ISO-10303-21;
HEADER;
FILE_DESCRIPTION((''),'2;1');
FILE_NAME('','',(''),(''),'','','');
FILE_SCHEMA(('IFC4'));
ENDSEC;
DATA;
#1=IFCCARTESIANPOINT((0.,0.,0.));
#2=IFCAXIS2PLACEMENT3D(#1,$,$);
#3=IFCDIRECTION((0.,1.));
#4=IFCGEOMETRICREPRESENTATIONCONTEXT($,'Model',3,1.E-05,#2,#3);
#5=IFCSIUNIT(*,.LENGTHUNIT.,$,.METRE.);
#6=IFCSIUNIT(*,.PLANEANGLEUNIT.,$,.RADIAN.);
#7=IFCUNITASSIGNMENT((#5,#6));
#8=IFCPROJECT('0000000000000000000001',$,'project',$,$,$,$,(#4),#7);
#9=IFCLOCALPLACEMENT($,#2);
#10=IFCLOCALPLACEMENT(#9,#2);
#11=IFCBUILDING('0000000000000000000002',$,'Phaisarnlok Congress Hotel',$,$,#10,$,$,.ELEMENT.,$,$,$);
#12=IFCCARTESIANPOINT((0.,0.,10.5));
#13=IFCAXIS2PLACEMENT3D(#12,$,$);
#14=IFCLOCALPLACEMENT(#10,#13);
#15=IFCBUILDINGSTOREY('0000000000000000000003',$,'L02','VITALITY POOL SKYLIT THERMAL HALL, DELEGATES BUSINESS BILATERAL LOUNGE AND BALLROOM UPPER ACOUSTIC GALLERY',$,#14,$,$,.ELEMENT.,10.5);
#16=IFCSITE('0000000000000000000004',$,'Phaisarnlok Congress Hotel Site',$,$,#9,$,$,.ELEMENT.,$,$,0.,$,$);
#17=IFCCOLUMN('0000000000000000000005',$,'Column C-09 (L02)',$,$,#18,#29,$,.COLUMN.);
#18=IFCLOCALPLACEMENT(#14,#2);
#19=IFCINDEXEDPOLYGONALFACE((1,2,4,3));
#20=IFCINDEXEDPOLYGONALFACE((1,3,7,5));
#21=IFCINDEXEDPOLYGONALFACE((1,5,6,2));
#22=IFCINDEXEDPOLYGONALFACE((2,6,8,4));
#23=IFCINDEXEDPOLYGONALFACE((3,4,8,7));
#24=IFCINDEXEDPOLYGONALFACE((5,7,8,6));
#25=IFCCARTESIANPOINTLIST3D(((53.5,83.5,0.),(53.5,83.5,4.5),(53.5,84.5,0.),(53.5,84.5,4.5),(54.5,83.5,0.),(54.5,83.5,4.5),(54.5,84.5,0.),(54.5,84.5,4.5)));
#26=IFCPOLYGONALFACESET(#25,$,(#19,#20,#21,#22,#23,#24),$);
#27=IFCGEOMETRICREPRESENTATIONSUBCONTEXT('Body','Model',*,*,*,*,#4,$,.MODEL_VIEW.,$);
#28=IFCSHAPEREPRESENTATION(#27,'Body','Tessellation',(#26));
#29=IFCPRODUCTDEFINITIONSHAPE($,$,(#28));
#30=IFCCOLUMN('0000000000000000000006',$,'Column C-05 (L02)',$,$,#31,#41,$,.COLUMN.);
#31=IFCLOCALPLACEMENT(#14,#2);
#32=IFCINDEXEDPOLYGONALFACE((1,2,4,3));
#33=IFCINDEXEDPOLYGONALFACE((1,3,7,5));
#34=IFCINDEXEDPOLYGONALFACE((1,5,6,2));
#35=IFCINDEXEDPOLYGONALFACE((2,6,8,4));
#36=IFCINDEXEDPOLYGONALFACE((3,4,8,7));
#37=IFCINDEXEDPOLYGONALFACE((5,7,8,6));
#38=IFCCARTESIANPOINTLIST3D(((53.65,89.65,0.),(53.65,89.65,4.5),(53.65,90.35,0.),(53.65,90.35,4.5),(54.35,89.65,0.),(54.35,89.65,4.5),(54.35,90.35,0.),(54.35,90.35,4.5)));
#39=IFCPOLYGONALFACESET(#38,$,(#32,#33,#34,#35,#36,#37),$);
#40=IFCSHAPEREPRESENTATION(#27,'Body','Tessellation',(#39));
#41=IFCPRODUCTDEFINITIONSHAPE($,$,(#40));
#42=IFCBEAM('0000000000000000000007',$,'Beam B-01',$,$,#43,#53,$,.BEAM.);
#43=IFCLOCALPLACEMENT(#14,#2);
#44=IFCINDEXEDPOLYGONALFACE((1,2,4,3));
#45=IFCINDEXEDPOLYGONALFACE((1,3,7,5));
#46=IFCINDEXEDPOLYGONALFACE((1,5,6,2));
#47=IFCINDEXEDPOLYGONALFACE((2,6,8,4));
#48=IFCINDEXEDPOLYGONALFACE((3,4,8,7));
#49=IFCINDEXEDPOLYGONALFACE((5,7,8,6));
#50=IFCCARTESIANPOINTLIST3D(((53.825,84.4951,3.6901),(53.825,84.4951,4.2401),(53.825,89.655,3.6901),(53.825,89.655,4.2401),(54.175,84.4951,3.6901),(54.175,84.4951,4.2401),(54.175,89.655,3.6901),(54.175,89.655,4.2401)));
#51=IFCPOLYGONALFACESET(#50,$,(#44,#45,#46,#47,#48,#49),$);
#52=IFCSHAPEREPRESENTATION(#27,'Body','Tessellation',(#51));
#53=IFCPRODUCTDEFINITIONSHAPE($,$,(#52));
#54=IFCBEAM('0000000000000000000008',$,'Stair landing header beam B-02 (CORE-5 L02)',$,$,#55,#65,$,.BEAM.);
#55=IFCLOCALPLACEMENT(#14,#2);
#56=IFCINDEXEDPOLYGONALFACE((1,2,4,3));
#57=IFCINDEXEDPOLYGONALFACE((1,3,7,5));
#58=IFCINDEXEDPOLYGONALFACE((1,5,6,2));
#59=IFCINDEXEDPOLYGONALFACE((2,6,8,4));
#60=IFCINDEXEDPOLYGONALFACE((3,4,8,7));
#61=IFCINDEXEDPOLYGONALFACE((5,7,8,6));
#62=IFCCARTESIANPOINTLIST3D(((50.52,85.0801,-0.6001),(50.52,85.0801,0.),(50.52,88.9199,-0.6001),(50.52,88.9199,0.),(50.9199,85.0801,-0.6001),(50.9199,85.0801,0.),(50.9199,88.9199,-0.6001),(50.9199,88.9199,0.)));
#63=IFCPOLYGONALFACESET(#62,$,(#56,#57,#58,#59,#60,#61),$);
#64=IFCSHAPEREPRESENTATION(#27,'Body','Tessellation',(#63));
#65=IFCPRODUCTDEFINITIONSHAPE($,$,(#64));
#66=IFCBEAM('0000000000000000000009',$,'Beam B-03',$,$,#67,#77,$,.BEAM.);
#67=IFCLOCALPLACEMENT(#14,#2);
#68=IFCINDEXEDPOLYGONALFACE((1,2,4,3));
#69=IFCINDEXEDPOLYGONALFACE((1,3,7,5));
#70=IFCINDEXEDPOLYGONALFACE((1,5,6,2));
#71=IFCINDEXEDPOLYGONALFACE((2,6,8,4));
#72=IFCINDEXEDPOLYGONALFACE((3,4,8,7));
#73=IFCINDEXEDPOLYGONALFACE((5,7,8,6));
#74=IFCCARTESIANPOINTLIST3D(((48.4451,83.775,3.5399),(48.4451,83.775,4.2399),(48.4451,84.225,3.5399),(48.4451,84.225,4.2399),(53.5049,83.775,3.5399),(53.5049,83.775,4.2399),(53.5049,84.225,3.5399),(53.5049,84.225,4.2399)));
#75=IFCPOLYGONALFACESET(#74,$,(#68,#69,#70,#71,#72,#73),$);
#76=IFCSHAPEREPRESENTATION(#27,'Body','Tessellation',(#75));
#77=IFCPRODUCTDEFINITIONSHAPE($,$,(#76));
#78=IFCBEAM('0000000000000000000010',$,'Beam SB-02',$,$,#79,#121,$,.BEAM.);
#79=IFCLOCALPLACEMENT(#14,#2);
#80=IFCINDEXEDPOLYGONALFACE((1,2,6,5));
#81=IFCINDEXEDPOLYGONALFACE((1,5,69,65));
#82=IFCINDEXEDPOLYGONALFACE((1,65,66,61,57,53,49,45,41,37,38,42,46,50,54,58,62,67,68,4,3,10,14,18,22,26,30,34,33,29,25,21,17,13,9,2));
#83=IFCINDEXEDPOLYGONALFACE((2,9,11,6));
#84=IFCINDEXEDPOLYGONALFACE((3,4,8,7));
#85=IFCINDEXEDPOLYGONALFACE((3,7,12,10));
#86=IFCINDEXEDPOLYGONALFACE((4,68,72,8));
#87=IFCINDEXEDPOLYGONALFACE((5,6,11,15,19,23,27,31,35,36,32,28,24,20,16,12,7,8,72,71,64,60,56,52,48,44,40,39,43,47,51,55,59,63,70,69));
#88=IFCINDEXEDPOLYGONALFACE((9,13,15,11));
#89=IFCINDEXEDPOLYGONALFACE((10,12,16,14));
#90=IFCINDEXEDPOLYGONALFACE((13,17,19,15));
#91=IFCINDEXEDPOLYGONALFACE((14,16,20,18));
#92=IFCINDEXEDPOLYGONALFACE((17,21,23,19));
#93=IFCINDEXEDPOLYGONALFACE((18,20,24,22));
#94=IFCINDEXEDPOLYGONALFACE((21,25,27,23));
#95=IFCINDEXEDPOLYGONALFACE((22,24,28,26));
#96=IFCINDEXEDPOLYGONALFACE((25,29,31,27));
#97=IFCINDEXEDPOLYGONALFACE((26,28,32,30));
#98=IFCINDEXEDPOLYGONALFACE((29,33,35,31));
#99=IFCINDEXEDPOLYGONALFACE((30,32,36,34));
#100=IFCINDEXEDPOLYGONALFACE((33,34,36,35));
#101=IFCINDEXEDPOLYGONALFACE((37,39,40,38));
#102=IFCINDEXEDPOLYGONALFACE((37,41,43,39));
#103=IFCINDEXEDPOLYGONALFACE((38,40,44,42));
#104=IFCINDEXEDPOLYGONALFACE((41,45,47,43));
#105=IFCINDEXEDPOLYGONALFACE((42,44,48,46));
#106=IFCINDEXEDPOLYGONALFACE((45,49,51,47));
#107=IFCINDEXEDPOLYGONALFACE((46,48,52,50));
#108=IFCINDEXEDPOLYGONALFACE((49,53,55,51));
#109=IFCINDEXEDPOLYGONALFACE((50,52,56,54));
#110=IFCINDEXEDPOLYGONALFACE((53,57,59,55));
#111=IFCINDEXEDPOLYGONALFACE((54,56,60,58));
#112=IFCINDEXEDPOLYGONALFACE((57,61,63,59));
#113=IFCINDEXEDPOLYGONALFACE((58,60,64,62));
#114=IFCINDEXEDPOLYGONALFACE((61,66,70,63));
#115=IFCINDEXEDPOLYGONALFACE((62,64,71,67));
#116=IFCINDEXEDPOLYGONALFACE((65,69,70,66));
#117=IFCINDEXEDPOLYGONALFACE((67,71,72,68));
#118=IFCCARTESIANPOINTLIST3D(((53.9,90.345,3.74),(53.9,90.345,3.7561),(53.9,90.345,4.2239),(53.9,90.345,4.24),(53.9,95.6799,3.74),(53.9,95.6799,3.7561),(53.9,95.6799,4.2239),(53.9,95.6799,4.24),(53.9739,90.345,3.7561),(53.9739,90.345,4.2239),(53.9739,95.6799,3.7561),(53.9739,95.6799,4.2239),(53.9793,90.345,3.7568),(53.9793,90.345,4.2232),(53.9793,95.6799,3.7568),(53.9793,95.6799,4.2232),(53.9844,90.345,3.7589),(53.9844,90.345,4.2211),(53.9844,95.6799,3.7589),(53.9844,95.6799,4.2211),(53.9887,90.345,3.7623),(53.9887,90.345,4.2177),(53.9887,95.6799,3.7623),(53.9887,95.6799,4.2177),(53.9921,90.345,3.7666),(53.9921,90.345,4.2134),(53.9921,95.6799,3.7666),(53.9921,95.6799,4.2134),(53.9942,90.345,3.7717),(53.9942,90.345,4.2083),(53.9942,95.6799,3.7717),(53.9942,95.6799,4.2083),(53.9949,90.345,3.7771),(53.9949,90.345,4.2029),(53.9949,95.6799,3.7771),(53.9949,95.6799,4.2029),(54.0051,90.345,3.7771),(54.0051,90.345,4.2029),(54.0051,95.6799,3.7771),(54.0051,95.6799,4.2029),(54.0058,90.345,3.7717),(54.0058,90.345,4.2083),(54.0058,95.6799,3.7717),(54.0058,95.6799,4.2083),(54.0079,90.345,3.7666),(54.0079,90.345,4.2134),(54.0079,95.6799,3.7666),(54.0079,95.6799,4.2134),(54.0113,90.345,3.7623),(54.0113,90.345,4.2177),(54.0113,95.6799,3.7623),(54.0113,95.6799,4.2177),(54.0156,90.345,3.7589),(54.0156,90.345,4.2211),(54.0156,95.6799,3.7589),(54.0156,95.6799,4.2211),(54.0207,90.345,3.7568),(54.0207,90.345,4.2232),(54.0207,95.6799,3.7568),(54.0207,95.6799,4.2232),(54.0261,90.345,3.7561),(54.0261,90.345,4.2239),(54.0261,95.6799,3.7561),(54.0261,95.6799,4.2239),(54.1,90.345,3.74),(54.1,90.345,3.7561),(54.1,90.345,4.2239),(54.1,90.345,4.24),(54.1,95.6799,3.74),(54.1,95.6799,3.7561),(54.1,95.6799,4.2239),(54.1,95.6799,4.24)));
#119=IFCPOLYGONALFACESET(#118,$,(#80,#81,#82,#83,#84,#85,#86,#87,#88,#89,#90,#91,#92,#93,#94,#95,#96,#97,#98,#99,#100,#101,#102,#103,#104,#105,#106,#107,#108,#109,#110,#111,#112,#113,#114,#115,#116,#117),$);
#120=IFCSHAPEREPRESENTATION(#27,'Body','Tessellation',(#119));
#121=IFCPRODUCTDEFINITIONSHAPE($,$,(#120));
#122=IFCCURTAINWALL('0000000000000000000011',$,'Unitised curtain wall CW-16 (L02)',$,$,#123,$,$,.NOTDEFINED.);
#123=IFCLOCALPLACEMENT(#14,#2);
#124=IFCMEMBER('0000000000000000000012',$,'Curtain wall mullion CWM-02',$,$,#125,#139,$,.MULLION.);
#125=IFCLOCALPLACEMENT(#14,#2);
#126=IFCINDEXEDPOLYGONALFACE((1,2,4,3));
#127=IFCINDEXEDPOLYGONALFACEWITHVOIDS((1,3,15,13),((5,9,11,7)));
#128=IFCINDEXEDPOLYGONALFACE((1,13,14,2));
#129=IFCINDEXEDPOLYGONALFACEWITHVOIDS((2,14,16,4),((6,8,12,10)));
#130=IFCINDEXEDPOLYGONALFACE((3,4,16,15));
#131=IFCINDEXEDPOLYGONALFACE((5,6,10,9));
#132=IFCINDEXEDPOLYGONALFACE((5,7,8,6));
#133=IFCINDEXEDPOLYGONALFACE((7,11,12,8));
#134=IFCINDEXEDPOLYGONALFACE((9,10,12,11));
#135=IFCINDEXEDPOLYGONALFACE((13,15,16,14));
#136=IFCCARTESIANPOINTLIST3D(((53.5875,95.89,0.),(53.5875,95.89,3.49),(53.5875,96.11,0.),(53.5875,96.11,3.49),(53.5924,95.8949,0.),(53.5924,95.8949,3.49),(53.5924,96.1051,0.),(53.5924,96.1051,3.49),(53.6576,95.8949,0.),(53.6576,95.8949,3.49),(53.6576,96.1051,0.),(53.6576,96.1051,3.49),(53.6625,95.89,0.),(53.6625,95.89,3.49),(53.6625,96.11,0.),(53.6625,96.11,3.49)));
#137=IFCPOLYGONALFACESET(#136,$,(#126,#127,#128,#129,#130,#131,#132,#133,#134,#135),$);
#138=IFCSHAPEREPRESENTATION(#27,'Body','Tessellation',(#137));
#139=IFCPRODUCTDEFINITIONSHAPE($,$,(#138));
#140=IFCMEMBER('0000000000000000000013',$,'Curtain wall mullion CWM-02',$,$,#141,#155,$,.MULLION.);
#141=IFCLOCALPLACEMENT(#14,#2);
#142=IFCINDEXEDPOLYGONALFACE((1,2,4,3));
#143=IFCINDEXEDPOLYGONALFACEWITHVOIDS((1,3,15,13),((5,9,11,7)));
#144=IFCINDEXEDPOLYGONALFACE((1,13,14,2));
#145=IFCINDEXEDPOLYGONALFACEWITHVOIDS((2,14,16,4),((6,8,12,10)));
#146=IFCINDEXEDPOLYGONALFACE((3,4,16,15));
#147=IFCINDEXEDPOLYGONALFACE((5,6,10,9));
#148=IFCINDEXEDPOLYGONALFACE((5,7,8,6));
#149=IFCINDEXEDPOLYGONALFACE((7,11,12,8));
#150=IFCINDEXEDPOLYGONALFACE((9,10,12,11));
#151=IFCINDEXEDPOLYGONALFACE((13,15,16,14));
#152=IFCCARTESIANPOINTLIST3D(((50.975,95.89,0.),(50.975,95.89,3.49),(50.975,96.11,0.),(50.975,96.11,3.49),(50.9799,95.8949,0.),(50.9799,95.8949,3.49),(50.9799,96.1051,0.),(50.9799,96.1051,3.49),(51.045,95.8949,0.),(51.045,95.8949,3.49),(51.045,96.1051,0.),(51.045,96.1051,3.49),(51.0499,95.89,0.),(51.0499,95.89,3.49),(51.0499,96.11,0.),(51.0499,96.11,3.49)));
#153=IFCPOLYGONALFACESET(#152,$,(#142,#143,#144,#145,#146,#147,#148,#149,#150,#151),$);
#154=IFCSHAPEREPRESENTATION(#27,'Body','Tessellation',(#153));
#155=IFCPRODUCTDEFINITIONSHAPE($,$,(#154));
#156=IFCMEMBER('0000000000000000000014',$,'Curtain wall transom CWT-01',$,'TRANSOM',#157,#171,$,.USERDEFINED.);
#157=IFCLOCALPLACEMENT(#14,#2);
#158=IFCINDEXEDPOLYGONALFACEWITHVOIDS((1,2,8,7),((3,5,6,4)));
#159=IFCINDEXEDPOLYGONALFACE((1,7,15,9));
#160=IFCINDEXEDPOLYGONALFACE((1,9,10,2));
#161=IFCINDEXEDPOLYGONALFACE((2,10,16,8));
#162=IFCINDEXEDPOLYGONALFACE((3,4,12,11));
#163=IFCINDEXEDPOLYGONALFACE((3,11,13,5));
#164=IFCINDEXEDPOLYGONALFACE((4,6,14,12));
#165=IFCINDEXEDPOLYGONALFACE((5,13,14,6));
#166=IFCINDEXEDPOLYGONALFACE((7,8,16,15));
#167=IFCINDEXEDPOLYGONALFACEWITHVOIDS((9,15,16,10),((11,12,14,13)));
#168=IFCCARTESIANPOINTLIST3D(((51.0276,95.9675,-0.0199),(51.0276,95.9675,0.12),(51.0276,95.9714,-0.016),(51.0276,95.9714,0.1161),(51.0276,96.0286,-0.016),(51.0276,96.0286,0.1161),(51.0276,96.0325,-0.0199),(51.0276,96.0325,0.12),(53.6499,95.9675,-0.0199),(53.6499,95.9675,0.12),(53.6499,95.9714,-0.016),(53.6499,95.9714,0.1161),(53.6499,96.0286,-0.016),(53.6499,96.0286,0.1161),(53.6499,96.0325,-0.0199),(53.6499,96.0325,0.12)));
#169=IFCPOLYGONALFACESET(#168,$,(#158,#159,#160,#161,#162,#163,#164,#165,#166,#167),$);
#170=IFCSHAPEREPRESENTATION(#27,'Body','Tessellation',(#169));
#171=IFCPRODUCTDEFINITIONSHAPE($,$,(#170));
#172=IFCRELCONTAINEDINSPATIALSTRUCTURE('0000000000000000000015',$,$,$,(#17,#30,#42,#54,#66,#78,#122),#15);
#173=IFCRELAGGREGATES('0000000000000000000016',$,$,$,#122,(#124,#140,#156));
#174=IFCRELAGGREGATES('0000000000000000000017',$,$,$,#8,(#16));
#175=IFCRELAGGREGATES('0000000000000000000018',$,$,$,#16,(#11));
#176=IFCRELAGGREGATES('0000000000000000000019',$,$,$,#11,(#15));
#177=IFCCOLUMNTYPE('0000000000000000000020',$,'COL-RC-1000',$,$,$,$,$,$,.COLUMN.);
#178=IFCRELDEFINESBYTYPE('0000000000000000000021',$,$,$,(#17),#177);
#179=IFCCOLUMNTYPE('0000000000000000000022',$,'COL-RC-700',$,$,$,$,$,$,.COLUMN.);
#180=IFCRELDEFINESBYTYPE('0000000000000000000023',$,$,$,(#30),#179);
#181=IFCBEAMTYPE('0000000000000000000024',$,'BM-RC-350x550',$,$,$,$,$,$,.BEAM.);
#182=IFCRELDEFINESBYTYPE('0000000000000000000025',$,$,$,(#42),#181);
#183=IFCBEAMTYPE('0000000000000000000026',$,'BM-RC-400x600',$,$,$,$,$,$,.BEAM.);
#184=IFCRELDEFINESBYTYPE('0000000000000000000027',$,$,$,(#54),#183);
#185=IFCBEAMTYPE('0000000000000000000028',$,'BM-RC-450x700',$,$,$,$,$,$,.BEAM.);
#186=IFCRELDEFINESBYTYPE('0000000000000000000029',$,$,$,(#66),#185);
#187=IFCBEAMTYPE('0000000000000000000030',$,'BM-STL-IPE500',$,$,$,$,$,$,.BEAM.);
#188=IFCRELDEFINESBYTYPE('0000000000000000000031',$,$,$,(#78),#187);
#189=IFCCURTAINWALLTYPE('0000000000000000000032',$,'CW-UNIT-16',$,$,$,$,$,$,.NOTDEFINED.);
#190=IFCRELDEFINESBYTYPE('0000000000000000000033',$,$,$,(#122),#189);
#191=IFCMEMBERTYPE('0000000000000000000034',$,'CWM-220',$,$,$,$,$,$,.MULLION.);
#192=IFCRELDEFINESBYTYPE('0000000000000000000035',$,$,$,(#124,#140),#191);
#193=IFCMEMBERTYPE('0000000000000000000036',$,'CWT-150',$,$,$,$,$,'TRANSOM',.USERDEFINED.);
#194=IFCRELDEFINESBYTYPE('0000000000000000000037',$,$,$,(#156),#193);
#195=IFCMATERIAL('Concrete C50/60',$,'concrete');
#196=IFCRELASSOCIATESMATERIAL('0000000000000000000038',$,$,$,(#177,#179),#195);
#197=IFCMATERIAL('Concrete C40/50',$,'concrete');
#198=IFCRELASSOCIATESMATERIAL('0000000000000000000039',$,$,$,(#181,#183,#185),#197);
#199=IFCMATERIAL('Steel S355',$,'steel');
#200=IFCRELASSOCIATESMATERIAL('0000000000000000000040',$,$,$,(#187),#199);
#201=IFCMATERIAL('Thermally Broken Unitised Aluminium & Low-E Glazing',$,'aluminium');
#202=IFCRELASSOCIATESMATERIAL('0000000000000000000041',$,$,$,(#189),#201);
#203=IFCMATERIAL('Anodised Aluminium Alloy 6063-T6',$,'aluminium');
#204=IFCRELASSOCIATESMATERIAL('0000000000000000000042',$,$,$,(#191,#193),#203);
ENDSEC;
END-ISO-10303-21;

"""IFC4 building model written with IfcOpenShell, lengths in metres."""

from ifc_helpers import new_model, si_unit, direction, frame, origin, origin_2d, place, context, subcontext, project, spatial, rectangle, hollow_rectangle, i_section, extrude, material, material_profile, profile_set, type_object, element, aggregate, save


model = new_model("IFC4")

# Units and contexts
model_context = context("Model", 3, precision=1e-05, world=origin(), true_north=direction((0.0, 1.0)))
body_context = subcontext(model_context, "Body", "Model", "MODEL_VIEW")
ifc_project = project(units=[si_unit("LENGTHUNIT", "METRE"), si_unit("PLANEANGLEUNIT", "RADIAN")], contexts=[model_context])

# Site, building, storey
site_placement = place(None, origin())
site = spatial("IfcSite", under=ifc_project, at=site_placement, Name="Phaisarnlok Congress Hotel Site", CompositionType="ELEMENT", RefElevation=0.0)
building_placement = place(site_placement, origin())
building = spatial("IfcBuilding", under=site, at=building_placement, Name="Phaisarnlok Congress Hotel", CompositionType="ELEMENT")
storey_placement = place(building_placement, frame((0.0, 0.0, 10.5)))
storey = spatial("IfcBuildingStorey", under=building, at=storey_placement, Name="L02", Description="VITALITY POOL SKYLIT THERMAL HALL, DELEGATES BUSINESS BILATERAL LOUNGE AND BALLROOM UPPER ACOUSTIC GALLERY", CompositionType="ELEMENT", Elevation=10.5)

# Columns
ifc_material_1 = material(Name="Concrete C50/60", Category="concrete")
ifc_material_profile_1 = material_profile(ifc_material_1, rectangle(XDim=1.0, YDim=1.0, at=origin_2d()), Name="RC 1000x1000")
ifc_profile_set_1 = profile_set([ifc_material_profile_1], Name="Concrete C50/60")
column_type_1 = type_object("IfcColumnType", Name="COL-RC-1000", PredefinedType="COLUMN", material=ifc_profile_set_1)
column_1_placement = place(storey_placement, frame((54.0, 84.0, 0.0), z_axis=(0.0, 0.0, 1.0), x_axis=(1.0, 0.0, 0.0)))
element("IfcColumn", 1, at=column_1_placement, inside=storey, type_object=column_type_1, Name="Column C-09 (L02)", PredefinedType="COLUMN", context=body_context, shape_type="SweptSolid", body=[
    extrude(rectangle(XDim=1.0, YDim=1.0, at=origin_2d()), origin(), (0.0, 0.0, 1.0), 4.5),
])
ifc_material_profile_2 = material_profile(ifc_material_1, rectangle(XDim=0.7, YDim=0.7, at=origin_2d()), Name="RC 700x700")
ifc_profile_set_2 = profile_set([ifc_material_profile_2], Name="Concrete C50/60")
column_type_2 = type_object("IfcColumnType", Name="COL-RC-700", PredefinedType="COLUMN", material=ifc_profile_set_2)
column_2_placement = place(storey_placement, frame((54.0, 90.0, 0.0), z_axis=(0.0, 0.0, 1.0), x_axis=(1.0, 0.0, 0.0)))
element("IfcColumn", 2, at=column_2_placement, inside=storey, type_object=column_type_2, Name="Column C-05 (L02)", PredefinedType="COLUMN", context=body_context, shape_type="SweptSolid", body=[
    extrude(rectangle(XDim=0.7, YDim=0.7, at=origin_2d()), origin(), (0.0, 0.0, 1.0), 4.5),
])

# Beams
ifc_material_2 = material(Name="Concrete C40/50", Category="concrete")
ifc_material_profile_3 = material_profile(ifc_material_2, rectangle(XDim=0.3501, YDim=0.55, at=origin_2d()), Name="RC 350x550")
ifc_profile_set_3 = profile_set([ifc_material_profile_3], Name="Concrete C40/50")
beam_type_1 = type_object("IfcBeamType", Name="BM-RC-350x550", PredefinedType="BEAM", material=ifc_profile_set_3)
beam_1_placement = place(storey_placement, frame((54.0, 84.4951, 3.9651), z_axis=(0.0, 1.0, 0.0), x_axis=(-1.0, 0.0, 0.0)))
element("IfcBeam", 3, at=beam_1_placement, inside=storey, type_object=beam_type_1, Name="Beam B-01", PredefinedType="BEAM", context=body_context, shape_type="SweptSolid", body=[
    extrude(rectangle(XDim=0.3501, YDim=0.55, at=origin_2d()), origin(), (0.0, 0.0, 1.0), 5.1599),
])
ifc_material_profile_4 = material_profile(ifc_material_2, rectangle(XDim=0.3999, YDim=0.6001, at=origin_2d()), Name="RC 400x600")
ifc_profile_set_4 = profile_set([ifc_material_profile_4], Name="Concrete C40/50")
beam_type_2 = type_object("IfcBeamType", Name="BM-RC-400x600", PredefinedType="BEAM", material=ifc_profile_set_4)
beam_2_placement = place(storey_placement, frame((50.72, 85.0801, -0.3), z_axis=(0.0, 1.0, 0.0), x_axis=(-1.0, 0.0, 0.0)))
element("IfcBeam", 4, at=beam_2_placement, inside=storey, type_object=beam_type_2, Name="Stair landing header beam B-02 (CORE-5 L02)", PredefinedType="BEAM", context=body_context, shape_type="SweptSolid", body=[
    extrude(rectangle(XDim=0.3999, YDim=0.6001, at=origin_2d()), origin(), (0.0, 0.0, 1.0), 3.8398),
])
ifc_material_profile_5 = material_profile(ifc_material_2, rectangle(XDim=0.45, YDim=0.7, at=origin_2d()), Name="RC 450x700")
ifc_profile_set_5 = profile_set([ifc_material_profile_5], Name="Concrete C40/50")
beam_type_3 = type_object("IfcBeamType", Name="BM-RC-450x700", PredefinedType="BEAM", material=ifc_profile_set_5)
beam_3_placement = place(storey_placement, frame((48.4451, 84.0, 3.8899), z_axis=(1.0, 0.0, 0.0), x_axis=(0.0, 1.0, 0.0)))
element("IfcBeam", 5, at=beam_3_placement, inside=storey, type_object=beam_type_3, Name="Beam B-03", PredefinedType="BEAM", context=body_context, shape_type="SweptSolid", body=[
    extrude(rectangle(XDim=0.45, YDim=0.7, at=origin_2d()), origin(), (0.0, 0.0, 1.0), 5.0598),
])
ifc_material_3 = material(Name="Steel S355", Category="steel")
ifc_material_profile_6 = material_profile(ifc_material_3, i_section(OverallWidth=0.2, OverallDepth=0.5, WebThickness=0.0103, FlangeThickness=0.0161, FilletRadius=0.021, at=origin_2d()), Name="IPE 500")
ifc_profile_set_6 = profile_set([ifc_material_profile_6], Name="Steel S355")
beam_type_4 = type_object("IfcBeamType", Name="BM-STL-IPE500", PredefinedType="BEAM", material=ifc_profile_set_6)
beam_4_placement = place(storey_placement, frame((54.0, 90.345, 3.99), z_axis=(0.0, 1.0, 0.0), x_axis=(-1.0, 0.0, 0.0)))
element("IfcBeam", 6, at=beam_4_placement, inside=storey, type_object=beam_type_4, Name="Beam SB-02", PredefinedType="BEAM", context=body_context, shape_type="SweptSolid", body=[
    extrude(i_section(OverallWidth=0.2, OverallDepth=0.5, WebThickness=0.0103, FlangeThickness=0.0161, FilletRadius=0.021, at=origin_2d()), origin(), (0.0, 0.0, 1.0), 5.335),
])

# Curtain wall, members
ifc_material_4 = material(Name="Thermally Broken Unitised Aluminium & Low-E Glazing", Category="aluminium")
curtain_wall_type = type_object("IfcCurtainWallType", Name="CW-UNIT-16", PredefinedType="NOTDEFINED", material=ifc_material_4)
curtain_wall_placement = place(storey_placement, origin())
curtain_wall = element("IfcCurtainWall", 7, at=curtain_wall_placement, inside=storey, type_object=curtain_wall_type, Name="Unitised curtain wall CW-16 (L02)", PredefinedType="NOTDEFINED")
ifc_material_5 = material(Name="Anodised Aluminium Alloy 6063-T6", Category="aluminium")
ifc_material_profile_7 = material_profile(ifc_material_5, hollow_rectangle(XDim=0.075, YDim=0.22, WallThickness=0.0049, at=origin_2d()), Name="ALU-M 75x220x5")
ifc_profile_set_7 = profile_set([ifc_material_profile_7], Name="Anodised Aluminium Alloy 6063-T6")
member_type_1 = type_object("IfcMemberType", Name="CWM-220", PredefinedType="MULLION", material=ifc_profile_set_7)
member_1_placement = place(storey_placement, frame((53.625, 96.0, 0.0), z_axis=(0.0, 0.0, 1.0), x_axis=(-1.0, 0.0, 0.0)))
member_1 = element("IfcMember", 8, at=member_1_placement, type_object=member_type_1, Name="Curtain wall mullion CWM-02", PredefinedType="MULLION", context=body_context, shape_type="SweptSolid", body=[
    extrude(hollow_rectangle(XDim=0.075, YDim=0.22, WallThickness=0.0049, at=origin_2d()), origin(), (0.0, 0.0, 1.0), 3.49),
])
member_2_placement = place(storey_placement, frame((51.0125, 96.0, 0.0), z_axis=(0.0, 0.0, 1.0), x_axis=(-1.0, 0.0, 0.0)))
member_2 = element("IfcMember", 9, at=member_2_placement, type_object=member_type_1, Name="Curtain wall mullion CWM-02", PredefinedType="MULLION", context=body_context, shape_type="SweptSolid", body=[
    extrude(hollow_rectangle(XDim=0.075, YDim=0.22, WallThickness=0.0049, at=origin_2d()), origin(), (0.0, 0.0, 1.0), 3.49),
])
ifc_material_profile_8 = material_profile(ifc_material_5, hollow_rectangle(XDim=0.0649, YDim=0.1399, WallThickness=0.0039, at=origin_2d()), Name="ALU-T 65x140x4")
ifc_profile_set_8 = profile_set([ifc_material_profile_8], Name="Anodised Aluminium Alloy 6063-T6")
member_type_2 = type_object("IfcMemberType", Name="CWT-150", ElementType="TRANSOM", PredefinedType="USERDEFINED", material=ifc_profile_set_8)
member_3_placement = place(storey_placement, frame((53.6499, 96.0, 0.05), z_axis=(-1.0, 0.0, 0.0), x_axis=(0.0, -1.0, 0.0)))
member_3 = element("IfcMember", 10, at=member_3_placement, type_object=member_type_2, Name="Curtain wall transom CWT-01", ObjectType="TRANSOM", PredefinedType="USERDEFINED", context=body_context, shape_type="SweptSolid", body=[
    extrude(hollow_rectangle(XDim=0.0649, YDim=0.1399, WallThickness=0.0039, at=origin_2d()), origin(), (0.0, 0.0, 1.0), 2.6223),
])

aggregate(curtain_wall, [member_1, member_2, member_3])

save(model, "model.ifc")
